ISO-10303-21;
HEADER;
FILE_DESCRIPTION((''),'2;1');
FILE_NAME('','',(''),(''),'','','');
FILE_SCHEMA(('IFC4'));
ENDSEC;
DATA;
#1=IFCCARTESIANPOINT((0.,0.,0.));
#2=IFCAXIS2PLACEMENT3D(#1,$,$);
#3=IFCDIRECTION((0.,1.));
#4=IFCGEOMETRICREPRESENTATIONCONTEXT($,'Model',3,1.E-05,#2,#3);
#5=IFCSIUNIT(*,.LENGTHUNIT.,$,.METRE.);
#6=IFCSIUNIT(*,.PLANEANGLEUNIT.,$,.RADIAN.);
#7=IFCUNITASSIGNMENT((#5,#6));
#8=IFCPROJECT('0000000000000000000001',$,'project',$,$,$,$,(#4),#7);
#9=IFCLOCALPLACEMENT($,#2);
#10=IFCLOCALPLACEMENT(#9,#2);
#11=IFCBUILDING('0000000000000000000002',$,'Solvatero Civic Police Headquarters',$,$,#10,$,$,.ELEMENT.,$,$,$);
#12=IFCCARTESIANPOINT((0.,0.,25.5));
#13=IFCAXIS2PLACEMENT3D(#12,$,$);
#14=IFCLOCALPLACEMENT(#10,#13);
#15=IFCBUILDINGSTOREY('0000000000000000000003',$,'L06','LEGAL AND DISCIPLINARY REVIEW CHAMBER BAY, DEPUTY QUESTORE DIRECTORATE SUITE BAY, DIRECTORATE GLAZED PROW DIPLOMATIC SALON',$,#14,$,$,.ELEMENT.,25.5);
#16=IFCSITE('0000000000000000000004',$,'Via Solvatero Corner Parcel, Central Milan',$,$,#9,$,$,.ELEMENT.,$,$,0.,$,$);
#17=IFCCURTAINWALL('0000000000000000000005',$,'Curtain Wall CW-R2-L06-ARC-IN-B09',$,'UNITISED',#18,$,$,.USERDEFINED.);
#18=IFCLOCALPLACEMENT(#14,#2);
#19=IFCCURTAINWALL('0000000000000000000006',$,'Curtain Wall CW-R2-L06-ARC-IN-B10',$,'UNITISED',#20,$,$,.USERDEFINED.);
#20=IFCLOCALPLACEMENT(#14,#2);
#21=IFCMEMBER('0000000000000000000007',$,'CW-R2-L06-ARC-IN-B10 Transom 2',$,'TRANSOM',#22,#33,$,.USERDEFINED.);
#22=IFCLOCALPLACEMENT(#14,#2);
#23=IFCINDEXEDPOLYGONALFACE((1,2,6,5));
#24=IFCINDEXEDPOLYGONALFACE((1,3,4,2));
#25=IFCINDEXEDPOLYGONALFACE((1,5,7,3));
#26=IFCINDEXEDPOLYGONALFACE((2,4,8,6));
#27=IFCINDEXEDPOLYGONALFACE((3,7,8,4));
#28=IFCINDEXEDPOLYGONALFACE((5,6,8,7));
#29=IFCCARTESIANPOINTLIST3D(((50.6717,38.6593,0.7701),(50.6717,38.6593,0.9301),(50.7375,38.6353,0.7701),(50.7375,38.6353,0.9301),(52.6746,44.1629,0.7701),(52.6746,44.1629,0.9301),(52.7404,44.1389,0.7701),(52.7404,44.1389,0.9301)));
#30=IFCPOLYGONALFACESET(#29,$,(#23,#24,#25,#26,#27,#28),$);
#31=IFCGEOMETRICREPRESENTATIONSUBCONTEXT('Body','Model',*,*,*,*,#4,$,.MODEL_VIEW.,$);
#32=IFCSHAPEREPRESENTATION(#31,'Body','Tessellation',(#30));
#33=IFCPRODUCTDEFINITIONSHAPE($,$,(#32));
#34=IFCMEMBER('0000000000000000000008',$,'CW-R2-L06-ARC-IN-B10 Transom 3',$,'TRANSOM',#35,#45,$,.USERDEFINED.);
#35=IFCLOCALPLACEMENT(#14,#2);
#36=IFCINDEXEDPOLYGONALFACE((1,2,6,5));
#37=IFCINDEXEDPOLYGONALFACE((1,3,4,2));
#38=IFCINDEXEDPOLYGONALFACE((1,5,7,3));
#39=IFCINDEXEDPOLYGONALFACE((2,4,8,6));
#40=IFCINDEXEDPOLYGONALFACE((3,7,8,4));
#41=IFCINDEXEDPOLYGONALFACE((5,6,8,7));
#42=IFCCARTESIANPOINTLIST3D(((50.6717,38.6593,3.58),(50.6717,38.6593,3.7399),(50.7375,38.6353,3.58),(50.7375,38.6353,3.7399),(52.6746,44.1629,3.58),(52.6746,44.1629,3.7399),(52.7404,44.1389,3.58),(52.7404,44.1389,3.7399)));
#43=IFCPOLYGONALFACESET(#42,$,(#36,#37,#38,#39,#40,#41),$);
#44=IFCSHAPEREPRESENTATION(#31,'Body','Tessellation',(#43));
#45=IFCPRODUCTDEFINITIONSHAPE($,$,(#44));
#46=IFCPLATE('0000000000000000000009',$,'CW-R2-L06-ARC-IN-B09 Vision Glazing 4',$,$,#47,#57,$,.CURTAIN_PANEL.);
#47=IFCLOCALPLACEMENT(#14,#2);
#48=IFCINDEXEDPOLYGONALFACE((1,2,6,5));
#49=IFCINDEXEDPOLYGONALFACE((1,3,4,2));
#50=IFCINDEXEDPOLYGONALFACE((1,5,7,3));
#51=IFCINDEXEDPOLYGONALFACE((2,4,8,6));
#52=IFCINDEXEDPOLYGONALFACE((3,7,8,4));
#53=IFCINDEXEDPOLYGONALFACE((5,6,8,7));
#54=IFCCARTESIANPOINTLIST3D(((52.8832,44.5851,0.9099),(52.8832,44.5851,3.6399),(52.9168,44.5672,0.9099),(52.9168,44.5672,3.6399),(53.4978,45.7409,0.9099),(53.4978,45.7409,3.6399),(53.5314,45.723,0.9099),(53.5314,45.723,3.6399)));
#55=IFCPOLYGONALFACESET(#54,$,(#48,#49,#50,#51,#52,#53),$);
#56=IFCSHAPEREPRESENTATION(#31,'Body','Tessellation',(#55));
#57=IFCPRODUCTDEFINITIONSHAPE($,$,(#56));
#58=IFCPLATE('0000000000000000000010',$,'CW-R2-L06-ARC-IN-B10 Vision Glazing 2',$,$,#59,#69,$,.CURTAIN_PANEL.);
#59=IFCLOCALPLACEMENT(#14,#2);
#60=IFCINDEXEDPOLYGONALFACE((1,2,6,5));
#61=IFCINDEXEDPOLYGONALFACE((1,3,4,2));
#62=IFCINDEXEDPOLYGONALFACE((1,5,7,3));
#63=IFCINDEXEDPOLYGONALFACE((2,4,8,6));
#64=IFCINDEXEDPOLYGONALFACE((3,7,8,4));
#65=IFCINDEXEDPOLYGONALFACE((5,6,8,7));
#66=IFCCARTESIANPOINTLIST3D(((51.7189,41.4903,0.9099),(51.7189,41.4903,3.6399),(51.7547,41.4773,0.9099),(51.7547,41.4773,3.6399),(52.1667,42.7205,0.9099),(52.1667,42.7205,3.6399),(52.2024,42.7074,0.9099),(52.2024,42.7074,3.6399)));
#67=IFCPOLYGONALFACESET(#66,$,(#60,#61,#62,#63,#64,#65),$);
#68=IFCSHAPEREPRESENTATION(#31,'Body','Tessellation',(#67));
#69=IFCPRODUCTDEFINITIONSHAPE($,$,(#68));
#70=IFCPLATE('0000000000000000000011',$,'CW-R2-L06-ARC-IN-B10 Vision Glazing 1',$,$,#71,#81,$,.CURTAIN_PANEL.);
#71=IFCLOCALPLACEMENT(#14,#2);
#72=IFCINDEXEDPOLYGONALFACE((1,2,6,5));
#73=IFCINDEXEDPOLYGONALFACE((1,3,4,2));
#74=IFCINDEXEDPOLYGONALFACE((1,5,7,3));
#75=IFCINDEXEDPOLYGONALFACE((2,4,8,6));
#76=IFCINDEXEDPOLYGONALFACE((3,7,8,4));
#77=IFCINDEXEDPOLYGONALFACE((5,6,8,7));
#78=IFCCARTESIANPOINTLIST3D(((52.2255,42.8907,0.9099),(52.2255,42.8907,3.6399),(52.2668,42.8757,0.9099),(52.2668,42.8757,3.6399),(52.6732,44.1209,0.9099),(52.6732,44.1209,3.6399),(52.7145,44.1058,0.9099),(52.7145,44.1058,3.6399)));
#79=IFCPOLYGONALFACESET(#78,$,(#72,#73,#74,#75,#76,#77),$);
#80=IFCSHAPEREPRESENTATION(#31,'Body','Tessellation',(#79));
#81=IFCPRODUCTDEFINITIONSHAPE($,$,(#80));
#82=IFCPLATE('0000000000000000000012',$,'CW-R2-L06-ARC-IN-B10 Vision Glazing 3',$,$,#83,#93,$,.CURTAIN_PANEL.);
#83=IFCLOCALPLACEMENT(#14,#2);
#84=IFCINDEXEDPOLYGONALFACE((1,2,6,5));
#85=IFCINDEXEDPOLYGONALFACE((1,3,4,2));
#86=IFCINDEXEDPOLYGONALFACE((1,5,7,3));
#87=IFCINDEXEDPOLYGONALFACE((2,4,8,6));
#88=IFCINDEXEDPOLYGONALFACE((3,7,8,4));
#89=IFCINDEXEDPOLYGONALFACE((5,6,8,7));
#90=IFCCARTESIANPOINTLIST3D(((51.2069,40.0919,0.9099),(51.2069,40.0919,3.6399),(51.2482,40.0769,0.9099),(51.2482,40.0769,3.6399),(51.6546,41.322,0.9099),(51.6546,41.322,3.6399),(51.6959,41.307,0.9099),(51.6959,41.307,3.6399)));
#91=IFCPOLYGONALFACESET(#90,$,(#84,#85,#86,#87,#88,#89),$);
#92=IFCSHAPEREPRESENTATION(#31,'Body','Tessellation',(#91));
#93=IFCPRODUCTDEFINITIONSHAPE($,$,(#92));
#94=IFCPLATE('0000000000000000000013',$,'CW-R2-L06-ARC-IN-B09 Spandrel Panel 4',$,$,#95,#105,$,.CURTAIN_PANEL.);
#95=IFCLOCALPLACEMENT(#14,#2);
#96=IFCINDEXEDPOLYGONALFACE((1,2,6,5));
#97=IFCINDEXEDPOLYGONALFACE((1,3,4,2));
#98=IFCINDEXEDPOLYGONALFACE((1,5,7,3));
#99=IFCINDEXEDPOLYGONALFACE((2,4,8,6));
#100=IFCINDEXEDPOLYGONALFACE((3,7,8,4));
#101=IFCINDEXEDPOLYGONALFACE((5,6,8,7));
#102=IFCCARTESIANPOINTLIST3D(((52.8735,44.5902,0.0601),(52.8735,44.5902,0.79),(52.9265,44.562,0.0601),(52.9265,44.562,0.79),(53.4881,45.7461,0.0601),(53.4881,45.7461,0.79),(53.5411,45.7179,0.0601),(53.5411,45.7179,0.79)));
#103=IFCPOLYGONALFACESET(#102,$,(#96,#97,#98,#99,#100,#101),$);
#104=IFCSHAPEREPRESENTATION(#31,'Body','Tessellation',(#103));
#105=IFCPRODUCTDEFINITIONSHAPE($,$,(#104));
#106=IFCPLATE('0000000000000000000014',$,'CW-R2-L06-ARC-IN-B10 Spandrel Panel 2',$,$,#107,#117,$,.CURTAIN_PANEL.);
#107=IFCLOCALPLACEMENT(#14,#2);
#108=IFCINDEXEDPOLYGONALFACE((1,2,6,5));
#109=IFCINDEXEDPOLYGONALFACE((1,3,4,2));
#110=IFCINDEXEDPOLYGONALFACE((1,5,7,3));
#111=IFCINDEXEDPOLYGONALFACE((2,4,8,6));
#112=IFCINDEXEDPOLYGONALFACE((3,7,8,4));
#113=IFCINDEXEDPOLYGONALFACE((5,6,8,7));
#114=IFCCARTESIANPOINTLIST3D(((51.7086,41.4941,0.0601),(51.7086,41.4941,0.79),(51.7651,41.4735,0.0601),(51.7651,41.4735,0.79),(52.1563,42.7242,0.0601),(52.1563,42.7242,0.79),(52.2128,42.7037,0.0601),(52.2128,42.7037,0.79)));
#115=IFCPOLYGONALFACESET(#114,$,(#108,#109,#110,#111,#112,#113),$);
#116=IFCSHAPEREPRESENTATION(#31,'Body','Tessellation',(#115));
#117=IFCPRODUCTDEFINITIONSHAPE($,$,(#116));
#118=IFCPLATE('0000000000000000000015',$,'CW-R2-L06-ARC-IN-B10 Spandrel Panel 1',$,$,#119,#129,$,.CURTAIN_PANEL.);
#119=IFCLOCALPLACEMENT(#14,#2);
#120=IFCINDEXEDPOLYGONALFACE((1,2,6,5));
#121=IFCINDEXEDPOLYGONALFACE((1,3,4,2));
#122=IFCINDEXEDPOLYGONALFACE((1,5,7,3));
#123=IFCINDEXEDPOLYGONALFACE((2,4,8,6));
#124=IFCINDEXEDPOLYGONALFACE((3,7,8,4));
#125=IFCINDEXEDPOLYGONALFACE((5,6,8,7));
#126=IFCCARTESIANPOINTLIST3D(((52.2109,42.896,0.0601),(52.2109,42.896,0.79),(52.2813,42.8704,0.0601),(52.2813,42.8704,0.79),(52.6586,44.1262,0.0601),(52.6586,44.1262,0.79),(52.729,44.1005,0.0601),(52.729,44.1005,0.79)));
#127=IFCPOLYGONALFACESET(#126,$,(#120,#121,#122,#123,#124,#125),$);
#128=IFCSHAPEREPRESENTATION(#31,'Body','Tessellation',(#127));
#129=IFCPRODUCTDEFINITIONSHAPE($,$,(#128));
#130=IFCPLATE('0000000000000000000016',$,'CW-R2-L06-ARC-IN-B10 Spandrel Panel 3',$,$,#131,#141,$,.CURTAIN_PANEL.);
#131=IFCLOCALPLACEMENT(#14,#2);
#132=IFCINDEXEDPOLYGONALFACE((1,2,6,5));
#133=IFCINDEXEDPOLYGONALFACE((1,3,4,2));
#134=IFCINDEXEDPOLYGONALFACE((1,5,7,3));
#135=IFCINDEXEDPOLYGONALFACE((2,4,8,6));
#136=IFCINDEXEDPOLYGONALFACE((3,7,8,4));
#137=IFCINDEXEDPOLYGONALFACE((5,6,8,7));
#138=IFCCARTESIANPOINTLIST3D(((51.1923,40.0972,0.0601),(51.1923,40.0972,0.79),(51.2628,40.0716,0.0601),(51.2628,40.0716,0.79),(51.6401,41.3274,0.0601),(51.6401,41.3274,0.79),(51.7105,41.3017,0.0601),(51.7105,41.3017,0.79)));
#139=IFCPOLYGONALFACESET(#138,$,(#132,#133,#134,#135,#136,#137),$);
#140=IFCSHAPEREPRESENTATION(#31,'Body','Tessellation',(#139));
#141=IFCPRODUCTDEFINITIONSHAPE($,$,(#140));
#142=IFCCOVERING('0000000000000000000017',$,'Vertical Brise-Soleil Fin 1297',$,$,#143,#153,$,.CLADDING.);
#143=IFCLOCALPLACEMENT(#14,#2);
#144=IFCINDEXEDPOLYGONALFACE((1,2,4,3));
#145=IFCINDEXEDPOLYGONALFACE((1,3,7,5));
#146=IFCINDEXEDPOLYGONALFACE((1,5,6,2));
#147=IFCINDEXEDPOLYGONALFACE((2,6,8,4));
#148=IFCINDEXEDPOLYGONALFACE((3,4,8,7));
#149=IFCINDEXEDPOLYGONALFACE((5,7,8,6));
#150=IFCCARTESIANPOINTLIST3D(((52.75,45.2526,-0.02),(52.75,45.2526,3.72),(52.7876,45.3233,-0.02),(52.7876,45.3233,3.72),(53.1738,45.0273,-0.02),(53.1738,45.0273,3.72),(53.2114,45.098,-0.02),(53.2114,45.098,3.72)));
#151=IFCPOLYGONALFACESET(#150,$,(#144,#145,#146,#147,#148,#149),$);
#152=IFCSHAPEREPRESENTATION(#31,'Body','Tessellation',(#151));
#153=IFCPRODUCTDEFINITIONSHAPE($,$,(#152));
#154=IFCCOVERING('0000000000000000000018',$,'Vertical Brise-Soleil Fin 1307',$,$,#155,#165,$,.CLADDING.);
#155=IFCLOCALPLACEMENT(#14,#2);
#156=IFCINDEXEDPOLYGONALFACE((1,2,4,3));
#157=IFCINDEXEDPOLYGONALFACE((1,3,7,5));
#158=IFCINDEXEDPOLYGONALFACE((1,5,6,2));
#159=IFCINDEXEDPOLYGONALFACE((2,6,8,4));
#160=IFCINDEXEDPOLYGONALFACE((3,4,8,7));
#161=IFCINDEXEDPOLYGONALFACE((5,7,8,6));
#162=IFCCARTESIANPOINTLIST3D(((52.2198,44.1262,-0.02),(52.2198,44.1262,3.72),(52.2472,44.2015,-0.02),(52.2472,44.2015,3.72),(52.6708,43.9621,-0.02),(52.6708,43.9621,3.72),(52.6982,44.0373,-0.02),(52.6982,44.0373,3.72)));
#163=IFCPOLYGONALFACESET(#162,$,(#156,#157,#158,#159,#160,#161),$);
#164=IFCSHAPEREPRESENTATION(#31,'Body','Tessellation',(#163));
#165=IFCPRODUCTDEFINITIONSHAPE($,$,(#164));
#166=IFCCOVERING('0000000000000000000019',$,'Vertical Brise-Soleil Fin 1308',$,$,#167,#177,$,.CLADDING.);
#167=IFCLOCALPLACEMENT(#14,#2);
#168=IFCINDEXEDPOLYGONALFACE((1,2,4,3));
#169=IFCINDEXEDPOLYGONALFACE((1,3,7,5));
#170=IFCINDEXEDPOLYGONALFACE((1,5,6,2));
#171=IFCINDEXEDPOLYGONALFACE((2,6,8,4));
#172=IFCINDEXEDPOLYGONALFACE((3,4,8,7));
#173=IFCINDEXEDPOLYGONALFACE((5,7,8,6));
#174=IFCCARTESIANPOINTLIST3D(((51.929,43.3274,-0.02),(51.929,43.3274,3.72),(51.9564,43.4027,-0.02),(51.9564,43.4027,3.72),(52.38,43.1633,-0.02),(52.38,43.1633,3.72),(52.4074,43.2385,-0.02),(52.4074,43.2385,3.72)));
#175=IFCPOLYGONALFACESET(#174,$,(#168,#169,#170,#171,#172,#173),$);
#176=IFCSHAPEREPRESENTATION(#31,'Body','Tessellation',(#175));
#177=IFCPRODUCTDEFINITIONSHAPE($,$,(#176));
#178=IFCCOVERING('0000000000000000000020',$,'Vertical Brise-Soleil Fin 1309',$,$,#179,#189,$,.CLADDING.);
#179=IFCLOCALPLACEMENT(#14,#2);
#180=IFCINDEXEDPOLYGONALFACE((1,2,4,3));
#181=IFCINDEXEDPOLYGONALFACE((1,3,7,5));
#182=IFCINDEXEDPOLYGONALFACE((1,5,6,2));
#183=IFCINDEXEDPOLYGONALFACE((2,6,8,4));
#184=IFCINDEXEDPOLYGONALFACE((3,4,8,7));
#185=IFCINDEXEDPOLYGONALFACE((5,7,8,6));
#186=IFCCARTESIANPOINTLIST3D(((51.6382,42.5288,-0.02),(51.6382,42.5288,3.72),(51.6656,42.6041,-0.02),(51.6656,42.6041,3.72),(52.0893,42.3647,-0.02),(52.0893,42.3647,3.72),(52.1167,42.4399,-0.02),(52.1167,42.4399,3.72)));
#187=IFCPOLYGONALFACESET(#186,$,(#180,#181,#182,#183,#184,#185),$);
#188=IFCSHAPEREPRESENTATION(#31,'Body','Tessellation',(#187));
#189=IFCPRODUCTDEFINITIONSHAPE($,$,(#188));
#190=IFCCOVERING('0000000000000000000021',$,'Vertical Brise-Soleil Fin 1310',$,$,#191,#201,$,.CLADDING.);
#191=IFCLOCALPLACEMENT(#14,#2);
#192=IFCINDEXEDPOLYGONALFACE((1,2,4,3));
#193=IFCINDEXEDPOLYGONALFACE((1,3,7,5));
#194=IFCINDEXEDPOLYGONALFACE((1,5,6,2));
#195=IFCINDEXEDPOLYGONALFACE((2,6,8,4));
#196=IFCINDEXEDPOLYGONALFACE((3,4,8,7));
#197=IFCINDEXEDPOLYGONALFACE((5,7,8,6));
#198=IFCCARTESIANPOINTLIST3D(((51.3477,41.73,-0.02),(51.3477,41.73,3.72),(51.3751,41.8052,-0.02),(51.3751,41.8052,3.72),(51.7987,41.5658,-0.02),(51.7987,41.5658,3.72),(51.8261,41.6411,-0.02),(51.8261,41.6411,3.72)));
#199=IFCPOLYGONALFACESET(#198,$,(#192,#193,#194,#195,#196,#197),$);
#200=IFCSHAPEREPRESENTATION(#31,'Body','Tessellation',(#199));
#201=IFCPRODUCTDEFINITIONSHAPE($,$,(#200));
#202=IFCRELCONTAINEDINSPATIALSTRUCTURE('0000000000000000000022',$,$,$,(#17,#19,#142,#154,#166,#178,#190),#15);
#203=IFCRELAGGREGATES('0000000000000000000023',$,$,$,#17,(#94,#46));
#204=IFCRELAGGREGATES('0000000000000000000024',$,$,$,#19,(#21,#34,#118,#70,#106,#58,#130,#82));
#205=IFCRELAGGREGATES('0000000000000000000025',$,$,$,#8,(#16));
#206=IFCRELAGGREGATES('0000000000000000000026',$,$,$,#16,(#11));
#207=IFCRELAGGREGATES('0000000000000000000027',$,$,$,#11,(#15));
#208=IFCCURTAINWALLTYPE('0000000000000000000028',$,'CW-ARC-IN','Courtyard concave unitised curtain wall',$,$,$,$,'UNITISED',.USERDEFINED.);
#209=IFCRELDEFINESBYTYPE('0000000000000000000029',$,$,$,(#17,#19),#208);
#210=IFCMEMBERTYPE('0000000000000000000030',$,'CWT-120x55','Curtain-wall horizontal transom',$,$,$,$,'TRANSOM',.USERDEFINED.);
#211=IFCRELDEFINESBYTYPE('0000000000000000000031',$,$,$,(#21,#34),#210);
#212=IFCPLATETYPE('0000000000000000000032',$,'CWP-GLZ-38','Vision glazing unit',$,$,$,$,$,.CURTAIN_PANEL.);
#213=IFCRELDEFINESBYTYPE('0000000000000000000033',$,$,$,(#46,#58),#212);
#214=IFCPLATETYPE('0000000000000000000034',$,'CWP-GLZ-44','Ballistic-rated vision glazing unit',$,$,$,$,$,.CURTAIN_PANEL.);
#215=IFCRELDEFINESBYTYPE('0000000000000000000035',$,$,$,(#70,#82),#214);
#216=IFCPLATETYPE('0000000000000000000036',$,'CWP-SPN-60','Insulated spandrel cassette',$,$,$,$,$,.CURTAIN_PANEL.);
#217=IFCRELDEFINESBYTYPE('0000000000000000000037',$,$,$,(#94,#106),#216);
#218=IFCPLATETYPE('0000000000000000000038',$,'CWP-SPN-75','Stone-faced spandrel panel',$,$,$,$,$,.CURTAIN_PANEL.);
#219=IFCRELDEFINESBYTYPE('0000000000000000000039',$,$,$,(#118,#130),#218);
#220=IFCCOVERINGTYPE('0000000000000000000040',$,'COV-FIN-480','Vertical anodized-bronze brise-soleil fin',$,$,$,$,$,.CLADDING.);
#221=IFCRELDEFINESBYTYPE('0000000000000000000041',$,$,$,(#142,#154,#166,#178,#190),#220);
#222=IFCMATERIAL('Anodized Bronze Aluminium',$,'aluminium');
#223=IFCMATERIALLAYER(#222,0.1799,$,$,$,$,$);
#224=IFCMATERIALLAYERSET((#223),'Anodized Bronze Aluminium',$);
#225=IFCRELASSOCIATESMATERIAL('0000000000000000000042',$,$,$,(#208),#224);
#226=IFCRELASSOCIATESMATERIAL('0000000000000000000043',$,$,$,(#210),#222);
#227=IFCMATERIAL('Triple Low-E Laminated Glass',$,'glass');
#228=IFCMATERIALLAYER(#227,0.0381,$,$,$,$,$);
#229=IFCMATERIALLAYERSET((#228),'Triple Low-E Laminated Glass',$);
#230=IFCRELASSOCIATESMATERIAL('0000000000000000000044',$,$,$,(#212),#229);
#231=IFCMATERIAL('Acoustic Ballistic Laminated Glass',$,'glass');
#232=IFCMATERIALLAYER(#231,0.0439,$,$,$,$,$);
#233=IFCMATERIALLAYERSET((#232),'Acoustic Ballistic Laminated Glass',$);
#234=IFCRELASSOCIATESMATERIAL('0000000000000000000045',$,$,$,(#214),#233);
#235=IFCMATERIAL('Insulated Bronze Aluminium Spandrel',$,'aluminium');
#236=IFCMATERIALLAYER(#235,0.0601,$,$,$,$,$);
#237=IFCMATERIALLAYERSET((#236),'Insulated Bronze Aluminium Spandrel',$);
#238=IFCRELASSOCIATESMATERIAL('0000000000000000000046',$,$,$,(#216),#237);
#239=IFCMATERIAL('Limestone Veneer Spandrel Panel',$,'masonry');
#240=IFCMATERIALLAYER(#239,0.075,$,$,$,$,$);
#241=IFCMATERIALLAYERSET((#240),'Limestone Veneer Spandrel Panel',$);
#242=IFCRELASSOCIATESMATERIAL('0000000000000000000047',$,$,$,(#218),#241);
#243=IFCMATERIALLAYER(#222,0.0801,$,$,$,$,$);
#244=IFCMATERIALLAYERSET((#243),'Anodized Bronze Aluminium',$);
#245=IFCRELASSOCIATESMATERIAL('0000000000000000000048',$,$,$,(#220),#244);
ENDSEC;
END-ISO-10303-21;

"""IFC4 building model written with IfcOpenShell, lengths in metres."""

from ifc_helpers import new_model, si_unit, direction, frame, origin, origin_2d, place, context, subcontext, project, spatial, rectangle, extrude, material, layer, layer_set, material_profile, profile_set, type_object, element, aggregate, save


model = new_model("IFC4")

# Units and contexts
model_context = context("Model", 3, precision=1e-05, world=origin(), true_north=direction((0.0, 1.0)))
body_context = subcontext(model_context, "Body", "Model", "MODEL_VIEW")
ifc_project = project(units=[si_unit("LENGTHUNIT", "METRE"), si_unit("PLANEANGLEUNIT", "RADIAN")], contexts=[model_context])

# Site, building, storey
site_placement = place(None, origin())
site = spatial("IfcSite", under=ifc_project, at=site_placement, Name="Via Solvatero Corner Parcel, Central Milan", CompositionType="ELEMENT", RefElevation=0.0)
building_placement = place(site_placement, origin())
building = spatial("IfcBuilding", under=site, at=building_placement, Name="Solvatero Civic Police Headquarters", CompositionType="ELEMENT")
storey_placement = place(building_placement, frame((0.0, 0.0, 25.5)))
storey = spatial("IfcBuildingStorey", under=building, at=storey_placement, Name="L06", Description="LEGAL AND DISCIPLINARY REVIEW CHAMBER BAY, DEPUTY QUESTORE DIRECTORATE SUITE BAY, DIRECTORATE GLAZED PROW DIPLOMATIC SALON", CompositionType="ELEMENT", Elevation=25.5)

# Curtain walls, members
ifc_material_1 = material(Name="Anodized Bronze Aluminium", Category="aluminium")
ifc_layer_1 = layer(ifc_material_1, 0.1799)
ifc_layer_set_1 = layer_set([ifc_layer_1], Name="Anodized Bronze Aluminium")
curtain_wall_type = type_object("IfcCurtainWallType", Name="CW-ARC-IN", Description="Courtyard concave unitised curtain wall", ElementType="UNITISED", PredefinedType="USERDEFINED", material=ifc_layer_set_1)
curtain_wall_1_placement = place(storey_placement, origin())
curtain_wall_1 = element("IfcCurtainWall", 1, at=curtain_wall_1_placement, inside=storey, type_object=curtain_wall_type, Name="Curtain Wall CW-R2-L06-ARC-IN-B09", ObjectType="UNITISED", PredefinedType="USERDEFINED")
curtain_wall_2_placement = place(storey_placement, origin())
curtain_wall_2 = element("IfcCurtainWall", 2, at=curtain_wall_2_placement, inside=storey, type_object=curtain_wall_type, Name="Curtain Wall CW-R2-L06-ARC-IN-B10", ObjectType="UNITISED", PredefinedType="USERDEFINED")
ifc_material_profile_1 = material_profile(ifc_material_1, rectangle(XDim=0.0701, YDim=0.1599, at=origin_2d()), Name="ALU TRANSOM 70x160")
ifc_profile_set_1 = profile_set([ifc_material_profile_1], Name="Anodized Bronze Aluminium")
member_type_1 = type_object("IfcMemberType", Name="CWT-120x55", Description="Curtain-wall horizontal transom", ElementType="TRANSOM", PredefinedType="USERDEFINED", material=ifc_profile_set_1)
member_1_placement = place(storey_placement, frame((52.7075, 44.1509, 0.8501), z_axis=(-0.341984, -0.939706, 0.0), x_axis=(0.939706, -0.341984, 0.0)))
member_1 = element("IfcMember", 3, at=member_1_placement, type_object=member_type_1, Name="CW-R2-L06-ARC-IN-B10 Transom 2", ObjectType="TRANSOM", PredefinedType="USERDEFINED", context=body_context, shape_type="SweptSolid", body=[
    extrude(rectangle(XDim=0.0701, YDim=0.1599, at=origin_2d()), origin(), (0.0, 0.0, 1.0), 5.8567),
])
member_2_placement = place(storey_placement, frame((52.7075, 44.1509, 3.6599), z_axis=(-0.341984, -0.939706, 0.0), x_axis=(0.939706, -0.341984, 0.0)))
member_2 = element("IfcMember", 4, at=member_2_placement, type_object=member_type_1, Name="CW-R2-L06-ARC-IN-B10 Transom 3", ObjectType="TRANSOM", PredefinedType="USERDEFINED", context=body_context, shape_type="SweptSolid", body=[
    extrude(rectangle(XDim=0.0701, YDim=0.1599, at=origin_2d()), origin(), (0.0, 0.0, 1.0), 5.8567),
])

# Plates
ifc_material_2 = material(Name="Triple Low-E Laminated Glass", Category="glass")
ifc_layer_2 = layer(ifc_material_2, 0.0381)
ifc_layer_set_2 = layer_set([ifc_layer_2], Name="Triple Low-E Laminated Glass")
plate_type_1 = type_object("IfcPlateType", Name="CWP-GLZ-38", Description="Vision glazing unit", PredefinedType="CURTAIN_PANEL", material=ifc_layer_set_2)
plate_1_placement = place(storey_placement, frame((53.2073, 45.1541, 0.9099), z_axis=(0.0, 0.0, 1.0), x_axis=(-0.469487, -0.882939, 0.0)))
plate_1 = element("IfcPlate", 5, at=plate_1_placement, type_object=plate_type_1, Name="CW-R2-L06-ARC-IN-B09 Vision Glazing 4", PredefinedType="CURTAIN_PANEL", context=body_context, shape_type="SweptSolid", body=[
    extrude(rectangle(XDim=1.3091, YDim=0.0381, at=origin_2d()), origin(), (0.0, 0.0, 1.0), 2.73),
])
plate_2_placement = place(storey_placement, frame((51.9607, 42.0989, 0.9099), z_axis=(0.0, 0.0, 1.0), x_axis=(-0.342004, -0.939699, 0.0)))
plate_2 = element("IfcPlate", 6, at=plate_2_placement, type_object=plate_type_1, Name="CW-R2-L06-ARC-IN-B10 Vision Glazing 2", PredefinedType="CURTAIN_PANEL", context=body_context, shape_type="SweptSolid", body=[
    extrude(rectangle(XDim=1.3091, YDim=0.0381, at=origin_2d()), origin(), (0.0, 0.0, 1.0), 2.73),
])
ifc_material_3 = material(Name="Acoustic Ballistic Laminated Glass", Category="glass")
ifc_layer_3 = layer(ifc_material_3, 0.0439)
ifc_layer_set_3 = layer_set([ifc_layer_3], Name="Acoustic Ballistic Laminated Glass")
plate_type_2 = type_object("IfcPlateType", Name="CWP-GLZ-44", Description="Ballistic-rated vision glazing unit", PredefinedType="CURTAIN_PANEL", material=ifc_layer_set_3)
plate_3_placement = place(storey_placement, frame((52.47, 43.4983, 0.9099), z_axis=(0.0, 0.0, 1.0), x_axis=(-0.342004, -0.939699, 0.0)))
plate_3 = element("IfcPlate", 7, at=plate_3_placement, type_object=plate_type_2, Name="CW-R2-L06-ARC-IN-B10 Vision Glazing 1", PredefinedType="CURTAIN_PANEL", context=body_context, shape_type="SweptSolid", body=[
    extrude(rectangle(XDim=1.3091, YDim=0.0439, at=origin_2d()), origin(), (0.0, 0.0, 1.0), 2.73),
])
plate_4_placement = place(storey_placement, frame((51.4514, 40.6995, 0.9099), z_axis=(0.0, 0.0, 1.0), x_axis=(-0.342004, -0.939699, 0.0)))
plate_4 = element("IfcPlate", 8, at=plate_4_placement, type_object=plate_type_2, Name="CW-R2-L06-ARC-IN-B10 Vision Glazing 3", PredefinedType="CURTAIN_PANEL", context=body_context, shape_type="SweptSolid", body=[
    extrude(rectangle(XDim=1.3091, YDim=0.0439, at=origin_2d()), origin(), (0.0, 0.0, 1.0), 2.73),
])
ifc_material_4 = material(Name="Insulated Bronze Aluminium Spandrel", Category="aluminium")
ifc_layer_4 = layer(ifc_material_4, 0.0601)
ifc_layer_set_4 = layer_set([ifc_layer_4], Name="Insulated Bronze Aluminium Spandrel")
plate_type_3 = type_object("IfcPlateType", Name="CWP-SPN-60", Description="Insulated spandrel cassette", PredefinedType="CURTAIN_PANEL", material=ifc_layer_set_4)
plate_5_placement = place(storey_placement, frame((53.2073, 45.1541, 0.0601), z_axis=(0.0, 0.0, 1.0), x_axis=(-0.469487, -0.882939, 0.0)))
plate_5 = element("IfcPlate", 9, at=plate_5_placement, type_object=plate_type_3, Name="CW-R2-L06-ARC-IN-B09 Spandrel Panel 4", PredefinedType="CURTAIN_PANEL", context=body_context, shape_type="SweptSolid", body=[
    extrude(rectangle(XDim=1.3091, YDim=0.0601, at=origin_2d()), origin(), (0.0, 0.0, 1.0), 0.73),
])
aggregate(curtain_wall_1, [plate_5, plate_1])
plate_6_placement = place(storey_placement, frame((51.9607, 42.0989, 0.0601), z_axis=(0.0, 0.0, 1.0), x_axis=(-0.342004, -0.939699, 0.0)))
plate_6 = element("IfcPlate", 10, at=plate_6_placement, type_object=plate_type_3, Name="CW-R2-L06-ARC-IN-B10 Spandrel Panel 2", PredefinedType="CURTAIN_PANEL", context=body_context, shape_type="SweptSolid", body=[
    extrude(rectangle(XDim=1.3091, YDim=0.0601, at=origin_2d()), origin(), (0.0, 0.0, 1.0), 0.73),
])
ifc_material_5 = material(Name="Limestone Veneer Spandrel Panel", Category="masonry")
ifc_layer_5 = layer(ifc_material_5, 0.075)
ifc_layer_set_5 = layer_set([ifc_layer_5], Name="Limestone Veneer Spandrel Panel")
plate_type_4 = type_object("IfcPlateType", Name="CWP-SPN-75", Description="Stone-faced spandrel panel", PredefinedType="CURTAIN_PANEL", material=ifc_layer_set_5)
plate_7_placement = place(storey_placement, frame((52.47, 43.4983, 0.0601), z_axis=(0.0, 0.0, 1.0), x_axis=(-0.342004, -0.939699, 0.0)))
plate_7 = element("IfcPlate", 11, at=plate_7_placement, type_object=plate_type_4, Name="CW-R2-L06-ARC-IN-B10 Spandrel Panel 1", PredefinedType="CURTAIN_PANEL", context=body_context, shape_type="SweptSolid", body=[
    extrude(rectangle(XDim=1.3091, YDim=0.075, at=origin_2d()), origin(), (0.0, 0.0, 1.0), 0.73),
])
plate_8_placement = place(storey_placement, frame((51.4514, 40.6995, 0.0601), z_axis=(0.0, 0.0, 1.0), x_axis=(-0.342004, -0.939699, 0.0)))
plate_8 = element("IfcPlate", 12, at=plate_8_placement, type_object=plate_type_4, Name="CW-R2-L06-ARC-IN-B10 Spandrel Panel 3", PredefinedType="CURTAIN_PANEL", context=body_context, shape_type="SweptSolid", body=[
    extrude(rectangle(XDim=1.3091, YDim=0.075, at=origin_2d()), origin(), (0.0, 0.0, 1.0), 0.73),
])
aggregate(curtain_wall_2, [member_1, member_2, plate_7, plate_3, plate_6, plate_2, plate_8, plate_4])

# Coverings
ifc_layer_6 = layer(ifc_material_1, 0.0801)
ifc_layer_set_6 = layer_set([ifc_layer_6], Name="Anodized Bronze Aluminium")
covering_type = type_object("IfcCoveringType", Name="COV-FIN-480", Description="Vertical anodized-bronze brise-soleil fin", PredefinedType="CLADDING", material=ifc_layer_set_6)
for number, where, z_axis, x_axis, name in (
    (13, (52.9807, 45.1753, -0.02), (0.0, 0.0, 1.0), (-0.469487, -0.882939, 0.0), "Vertical Brise-Soleil Fin 1297"),
    (14, (52.459, 44.0818, -0.02), (0.0, 0.0, 1.0), (-0.342004, -0.939699, 0.0), "Vertical Brise-Soleil Fin 1307"),
    (15, (52.1682, 43.283, -0.02), (0.0, 0.0, 1.0), (-0.342004, -0.939699, 0.0), "Vertical Brise-Soleil Fin 1308"),
    (16, (51.8774, 42.4844, -0.02), (0.0, 0.0, 1.0), (-0.342004, -0.939699, 0.0), "Vertical Brise-Soleil Fin 1309"),
    (17, (51.5869, 41.6855, -0.02), (0.0, 0.0, 1.0), (-0.342004, -0.939699, 0.0), "Vertical Brise-Soleil Fin 1310"),
):
    element("IfcCovering", number, at=place(storey_placement, frame(where, z_axis=z_axis, x_axis=x_axis)), inside=storey, type_object=covering_type, Name=name, PredefinedType="CLADDING", context=body_context, shape_type="SweptSolid", body=[
        extrude(rectangle(XDim=0.0801, YDim=0.48, at=origin_2d()), origin(), (0.0, 0.0, 1.0), 3.74),
    ])

save(model, "model.ifc")
